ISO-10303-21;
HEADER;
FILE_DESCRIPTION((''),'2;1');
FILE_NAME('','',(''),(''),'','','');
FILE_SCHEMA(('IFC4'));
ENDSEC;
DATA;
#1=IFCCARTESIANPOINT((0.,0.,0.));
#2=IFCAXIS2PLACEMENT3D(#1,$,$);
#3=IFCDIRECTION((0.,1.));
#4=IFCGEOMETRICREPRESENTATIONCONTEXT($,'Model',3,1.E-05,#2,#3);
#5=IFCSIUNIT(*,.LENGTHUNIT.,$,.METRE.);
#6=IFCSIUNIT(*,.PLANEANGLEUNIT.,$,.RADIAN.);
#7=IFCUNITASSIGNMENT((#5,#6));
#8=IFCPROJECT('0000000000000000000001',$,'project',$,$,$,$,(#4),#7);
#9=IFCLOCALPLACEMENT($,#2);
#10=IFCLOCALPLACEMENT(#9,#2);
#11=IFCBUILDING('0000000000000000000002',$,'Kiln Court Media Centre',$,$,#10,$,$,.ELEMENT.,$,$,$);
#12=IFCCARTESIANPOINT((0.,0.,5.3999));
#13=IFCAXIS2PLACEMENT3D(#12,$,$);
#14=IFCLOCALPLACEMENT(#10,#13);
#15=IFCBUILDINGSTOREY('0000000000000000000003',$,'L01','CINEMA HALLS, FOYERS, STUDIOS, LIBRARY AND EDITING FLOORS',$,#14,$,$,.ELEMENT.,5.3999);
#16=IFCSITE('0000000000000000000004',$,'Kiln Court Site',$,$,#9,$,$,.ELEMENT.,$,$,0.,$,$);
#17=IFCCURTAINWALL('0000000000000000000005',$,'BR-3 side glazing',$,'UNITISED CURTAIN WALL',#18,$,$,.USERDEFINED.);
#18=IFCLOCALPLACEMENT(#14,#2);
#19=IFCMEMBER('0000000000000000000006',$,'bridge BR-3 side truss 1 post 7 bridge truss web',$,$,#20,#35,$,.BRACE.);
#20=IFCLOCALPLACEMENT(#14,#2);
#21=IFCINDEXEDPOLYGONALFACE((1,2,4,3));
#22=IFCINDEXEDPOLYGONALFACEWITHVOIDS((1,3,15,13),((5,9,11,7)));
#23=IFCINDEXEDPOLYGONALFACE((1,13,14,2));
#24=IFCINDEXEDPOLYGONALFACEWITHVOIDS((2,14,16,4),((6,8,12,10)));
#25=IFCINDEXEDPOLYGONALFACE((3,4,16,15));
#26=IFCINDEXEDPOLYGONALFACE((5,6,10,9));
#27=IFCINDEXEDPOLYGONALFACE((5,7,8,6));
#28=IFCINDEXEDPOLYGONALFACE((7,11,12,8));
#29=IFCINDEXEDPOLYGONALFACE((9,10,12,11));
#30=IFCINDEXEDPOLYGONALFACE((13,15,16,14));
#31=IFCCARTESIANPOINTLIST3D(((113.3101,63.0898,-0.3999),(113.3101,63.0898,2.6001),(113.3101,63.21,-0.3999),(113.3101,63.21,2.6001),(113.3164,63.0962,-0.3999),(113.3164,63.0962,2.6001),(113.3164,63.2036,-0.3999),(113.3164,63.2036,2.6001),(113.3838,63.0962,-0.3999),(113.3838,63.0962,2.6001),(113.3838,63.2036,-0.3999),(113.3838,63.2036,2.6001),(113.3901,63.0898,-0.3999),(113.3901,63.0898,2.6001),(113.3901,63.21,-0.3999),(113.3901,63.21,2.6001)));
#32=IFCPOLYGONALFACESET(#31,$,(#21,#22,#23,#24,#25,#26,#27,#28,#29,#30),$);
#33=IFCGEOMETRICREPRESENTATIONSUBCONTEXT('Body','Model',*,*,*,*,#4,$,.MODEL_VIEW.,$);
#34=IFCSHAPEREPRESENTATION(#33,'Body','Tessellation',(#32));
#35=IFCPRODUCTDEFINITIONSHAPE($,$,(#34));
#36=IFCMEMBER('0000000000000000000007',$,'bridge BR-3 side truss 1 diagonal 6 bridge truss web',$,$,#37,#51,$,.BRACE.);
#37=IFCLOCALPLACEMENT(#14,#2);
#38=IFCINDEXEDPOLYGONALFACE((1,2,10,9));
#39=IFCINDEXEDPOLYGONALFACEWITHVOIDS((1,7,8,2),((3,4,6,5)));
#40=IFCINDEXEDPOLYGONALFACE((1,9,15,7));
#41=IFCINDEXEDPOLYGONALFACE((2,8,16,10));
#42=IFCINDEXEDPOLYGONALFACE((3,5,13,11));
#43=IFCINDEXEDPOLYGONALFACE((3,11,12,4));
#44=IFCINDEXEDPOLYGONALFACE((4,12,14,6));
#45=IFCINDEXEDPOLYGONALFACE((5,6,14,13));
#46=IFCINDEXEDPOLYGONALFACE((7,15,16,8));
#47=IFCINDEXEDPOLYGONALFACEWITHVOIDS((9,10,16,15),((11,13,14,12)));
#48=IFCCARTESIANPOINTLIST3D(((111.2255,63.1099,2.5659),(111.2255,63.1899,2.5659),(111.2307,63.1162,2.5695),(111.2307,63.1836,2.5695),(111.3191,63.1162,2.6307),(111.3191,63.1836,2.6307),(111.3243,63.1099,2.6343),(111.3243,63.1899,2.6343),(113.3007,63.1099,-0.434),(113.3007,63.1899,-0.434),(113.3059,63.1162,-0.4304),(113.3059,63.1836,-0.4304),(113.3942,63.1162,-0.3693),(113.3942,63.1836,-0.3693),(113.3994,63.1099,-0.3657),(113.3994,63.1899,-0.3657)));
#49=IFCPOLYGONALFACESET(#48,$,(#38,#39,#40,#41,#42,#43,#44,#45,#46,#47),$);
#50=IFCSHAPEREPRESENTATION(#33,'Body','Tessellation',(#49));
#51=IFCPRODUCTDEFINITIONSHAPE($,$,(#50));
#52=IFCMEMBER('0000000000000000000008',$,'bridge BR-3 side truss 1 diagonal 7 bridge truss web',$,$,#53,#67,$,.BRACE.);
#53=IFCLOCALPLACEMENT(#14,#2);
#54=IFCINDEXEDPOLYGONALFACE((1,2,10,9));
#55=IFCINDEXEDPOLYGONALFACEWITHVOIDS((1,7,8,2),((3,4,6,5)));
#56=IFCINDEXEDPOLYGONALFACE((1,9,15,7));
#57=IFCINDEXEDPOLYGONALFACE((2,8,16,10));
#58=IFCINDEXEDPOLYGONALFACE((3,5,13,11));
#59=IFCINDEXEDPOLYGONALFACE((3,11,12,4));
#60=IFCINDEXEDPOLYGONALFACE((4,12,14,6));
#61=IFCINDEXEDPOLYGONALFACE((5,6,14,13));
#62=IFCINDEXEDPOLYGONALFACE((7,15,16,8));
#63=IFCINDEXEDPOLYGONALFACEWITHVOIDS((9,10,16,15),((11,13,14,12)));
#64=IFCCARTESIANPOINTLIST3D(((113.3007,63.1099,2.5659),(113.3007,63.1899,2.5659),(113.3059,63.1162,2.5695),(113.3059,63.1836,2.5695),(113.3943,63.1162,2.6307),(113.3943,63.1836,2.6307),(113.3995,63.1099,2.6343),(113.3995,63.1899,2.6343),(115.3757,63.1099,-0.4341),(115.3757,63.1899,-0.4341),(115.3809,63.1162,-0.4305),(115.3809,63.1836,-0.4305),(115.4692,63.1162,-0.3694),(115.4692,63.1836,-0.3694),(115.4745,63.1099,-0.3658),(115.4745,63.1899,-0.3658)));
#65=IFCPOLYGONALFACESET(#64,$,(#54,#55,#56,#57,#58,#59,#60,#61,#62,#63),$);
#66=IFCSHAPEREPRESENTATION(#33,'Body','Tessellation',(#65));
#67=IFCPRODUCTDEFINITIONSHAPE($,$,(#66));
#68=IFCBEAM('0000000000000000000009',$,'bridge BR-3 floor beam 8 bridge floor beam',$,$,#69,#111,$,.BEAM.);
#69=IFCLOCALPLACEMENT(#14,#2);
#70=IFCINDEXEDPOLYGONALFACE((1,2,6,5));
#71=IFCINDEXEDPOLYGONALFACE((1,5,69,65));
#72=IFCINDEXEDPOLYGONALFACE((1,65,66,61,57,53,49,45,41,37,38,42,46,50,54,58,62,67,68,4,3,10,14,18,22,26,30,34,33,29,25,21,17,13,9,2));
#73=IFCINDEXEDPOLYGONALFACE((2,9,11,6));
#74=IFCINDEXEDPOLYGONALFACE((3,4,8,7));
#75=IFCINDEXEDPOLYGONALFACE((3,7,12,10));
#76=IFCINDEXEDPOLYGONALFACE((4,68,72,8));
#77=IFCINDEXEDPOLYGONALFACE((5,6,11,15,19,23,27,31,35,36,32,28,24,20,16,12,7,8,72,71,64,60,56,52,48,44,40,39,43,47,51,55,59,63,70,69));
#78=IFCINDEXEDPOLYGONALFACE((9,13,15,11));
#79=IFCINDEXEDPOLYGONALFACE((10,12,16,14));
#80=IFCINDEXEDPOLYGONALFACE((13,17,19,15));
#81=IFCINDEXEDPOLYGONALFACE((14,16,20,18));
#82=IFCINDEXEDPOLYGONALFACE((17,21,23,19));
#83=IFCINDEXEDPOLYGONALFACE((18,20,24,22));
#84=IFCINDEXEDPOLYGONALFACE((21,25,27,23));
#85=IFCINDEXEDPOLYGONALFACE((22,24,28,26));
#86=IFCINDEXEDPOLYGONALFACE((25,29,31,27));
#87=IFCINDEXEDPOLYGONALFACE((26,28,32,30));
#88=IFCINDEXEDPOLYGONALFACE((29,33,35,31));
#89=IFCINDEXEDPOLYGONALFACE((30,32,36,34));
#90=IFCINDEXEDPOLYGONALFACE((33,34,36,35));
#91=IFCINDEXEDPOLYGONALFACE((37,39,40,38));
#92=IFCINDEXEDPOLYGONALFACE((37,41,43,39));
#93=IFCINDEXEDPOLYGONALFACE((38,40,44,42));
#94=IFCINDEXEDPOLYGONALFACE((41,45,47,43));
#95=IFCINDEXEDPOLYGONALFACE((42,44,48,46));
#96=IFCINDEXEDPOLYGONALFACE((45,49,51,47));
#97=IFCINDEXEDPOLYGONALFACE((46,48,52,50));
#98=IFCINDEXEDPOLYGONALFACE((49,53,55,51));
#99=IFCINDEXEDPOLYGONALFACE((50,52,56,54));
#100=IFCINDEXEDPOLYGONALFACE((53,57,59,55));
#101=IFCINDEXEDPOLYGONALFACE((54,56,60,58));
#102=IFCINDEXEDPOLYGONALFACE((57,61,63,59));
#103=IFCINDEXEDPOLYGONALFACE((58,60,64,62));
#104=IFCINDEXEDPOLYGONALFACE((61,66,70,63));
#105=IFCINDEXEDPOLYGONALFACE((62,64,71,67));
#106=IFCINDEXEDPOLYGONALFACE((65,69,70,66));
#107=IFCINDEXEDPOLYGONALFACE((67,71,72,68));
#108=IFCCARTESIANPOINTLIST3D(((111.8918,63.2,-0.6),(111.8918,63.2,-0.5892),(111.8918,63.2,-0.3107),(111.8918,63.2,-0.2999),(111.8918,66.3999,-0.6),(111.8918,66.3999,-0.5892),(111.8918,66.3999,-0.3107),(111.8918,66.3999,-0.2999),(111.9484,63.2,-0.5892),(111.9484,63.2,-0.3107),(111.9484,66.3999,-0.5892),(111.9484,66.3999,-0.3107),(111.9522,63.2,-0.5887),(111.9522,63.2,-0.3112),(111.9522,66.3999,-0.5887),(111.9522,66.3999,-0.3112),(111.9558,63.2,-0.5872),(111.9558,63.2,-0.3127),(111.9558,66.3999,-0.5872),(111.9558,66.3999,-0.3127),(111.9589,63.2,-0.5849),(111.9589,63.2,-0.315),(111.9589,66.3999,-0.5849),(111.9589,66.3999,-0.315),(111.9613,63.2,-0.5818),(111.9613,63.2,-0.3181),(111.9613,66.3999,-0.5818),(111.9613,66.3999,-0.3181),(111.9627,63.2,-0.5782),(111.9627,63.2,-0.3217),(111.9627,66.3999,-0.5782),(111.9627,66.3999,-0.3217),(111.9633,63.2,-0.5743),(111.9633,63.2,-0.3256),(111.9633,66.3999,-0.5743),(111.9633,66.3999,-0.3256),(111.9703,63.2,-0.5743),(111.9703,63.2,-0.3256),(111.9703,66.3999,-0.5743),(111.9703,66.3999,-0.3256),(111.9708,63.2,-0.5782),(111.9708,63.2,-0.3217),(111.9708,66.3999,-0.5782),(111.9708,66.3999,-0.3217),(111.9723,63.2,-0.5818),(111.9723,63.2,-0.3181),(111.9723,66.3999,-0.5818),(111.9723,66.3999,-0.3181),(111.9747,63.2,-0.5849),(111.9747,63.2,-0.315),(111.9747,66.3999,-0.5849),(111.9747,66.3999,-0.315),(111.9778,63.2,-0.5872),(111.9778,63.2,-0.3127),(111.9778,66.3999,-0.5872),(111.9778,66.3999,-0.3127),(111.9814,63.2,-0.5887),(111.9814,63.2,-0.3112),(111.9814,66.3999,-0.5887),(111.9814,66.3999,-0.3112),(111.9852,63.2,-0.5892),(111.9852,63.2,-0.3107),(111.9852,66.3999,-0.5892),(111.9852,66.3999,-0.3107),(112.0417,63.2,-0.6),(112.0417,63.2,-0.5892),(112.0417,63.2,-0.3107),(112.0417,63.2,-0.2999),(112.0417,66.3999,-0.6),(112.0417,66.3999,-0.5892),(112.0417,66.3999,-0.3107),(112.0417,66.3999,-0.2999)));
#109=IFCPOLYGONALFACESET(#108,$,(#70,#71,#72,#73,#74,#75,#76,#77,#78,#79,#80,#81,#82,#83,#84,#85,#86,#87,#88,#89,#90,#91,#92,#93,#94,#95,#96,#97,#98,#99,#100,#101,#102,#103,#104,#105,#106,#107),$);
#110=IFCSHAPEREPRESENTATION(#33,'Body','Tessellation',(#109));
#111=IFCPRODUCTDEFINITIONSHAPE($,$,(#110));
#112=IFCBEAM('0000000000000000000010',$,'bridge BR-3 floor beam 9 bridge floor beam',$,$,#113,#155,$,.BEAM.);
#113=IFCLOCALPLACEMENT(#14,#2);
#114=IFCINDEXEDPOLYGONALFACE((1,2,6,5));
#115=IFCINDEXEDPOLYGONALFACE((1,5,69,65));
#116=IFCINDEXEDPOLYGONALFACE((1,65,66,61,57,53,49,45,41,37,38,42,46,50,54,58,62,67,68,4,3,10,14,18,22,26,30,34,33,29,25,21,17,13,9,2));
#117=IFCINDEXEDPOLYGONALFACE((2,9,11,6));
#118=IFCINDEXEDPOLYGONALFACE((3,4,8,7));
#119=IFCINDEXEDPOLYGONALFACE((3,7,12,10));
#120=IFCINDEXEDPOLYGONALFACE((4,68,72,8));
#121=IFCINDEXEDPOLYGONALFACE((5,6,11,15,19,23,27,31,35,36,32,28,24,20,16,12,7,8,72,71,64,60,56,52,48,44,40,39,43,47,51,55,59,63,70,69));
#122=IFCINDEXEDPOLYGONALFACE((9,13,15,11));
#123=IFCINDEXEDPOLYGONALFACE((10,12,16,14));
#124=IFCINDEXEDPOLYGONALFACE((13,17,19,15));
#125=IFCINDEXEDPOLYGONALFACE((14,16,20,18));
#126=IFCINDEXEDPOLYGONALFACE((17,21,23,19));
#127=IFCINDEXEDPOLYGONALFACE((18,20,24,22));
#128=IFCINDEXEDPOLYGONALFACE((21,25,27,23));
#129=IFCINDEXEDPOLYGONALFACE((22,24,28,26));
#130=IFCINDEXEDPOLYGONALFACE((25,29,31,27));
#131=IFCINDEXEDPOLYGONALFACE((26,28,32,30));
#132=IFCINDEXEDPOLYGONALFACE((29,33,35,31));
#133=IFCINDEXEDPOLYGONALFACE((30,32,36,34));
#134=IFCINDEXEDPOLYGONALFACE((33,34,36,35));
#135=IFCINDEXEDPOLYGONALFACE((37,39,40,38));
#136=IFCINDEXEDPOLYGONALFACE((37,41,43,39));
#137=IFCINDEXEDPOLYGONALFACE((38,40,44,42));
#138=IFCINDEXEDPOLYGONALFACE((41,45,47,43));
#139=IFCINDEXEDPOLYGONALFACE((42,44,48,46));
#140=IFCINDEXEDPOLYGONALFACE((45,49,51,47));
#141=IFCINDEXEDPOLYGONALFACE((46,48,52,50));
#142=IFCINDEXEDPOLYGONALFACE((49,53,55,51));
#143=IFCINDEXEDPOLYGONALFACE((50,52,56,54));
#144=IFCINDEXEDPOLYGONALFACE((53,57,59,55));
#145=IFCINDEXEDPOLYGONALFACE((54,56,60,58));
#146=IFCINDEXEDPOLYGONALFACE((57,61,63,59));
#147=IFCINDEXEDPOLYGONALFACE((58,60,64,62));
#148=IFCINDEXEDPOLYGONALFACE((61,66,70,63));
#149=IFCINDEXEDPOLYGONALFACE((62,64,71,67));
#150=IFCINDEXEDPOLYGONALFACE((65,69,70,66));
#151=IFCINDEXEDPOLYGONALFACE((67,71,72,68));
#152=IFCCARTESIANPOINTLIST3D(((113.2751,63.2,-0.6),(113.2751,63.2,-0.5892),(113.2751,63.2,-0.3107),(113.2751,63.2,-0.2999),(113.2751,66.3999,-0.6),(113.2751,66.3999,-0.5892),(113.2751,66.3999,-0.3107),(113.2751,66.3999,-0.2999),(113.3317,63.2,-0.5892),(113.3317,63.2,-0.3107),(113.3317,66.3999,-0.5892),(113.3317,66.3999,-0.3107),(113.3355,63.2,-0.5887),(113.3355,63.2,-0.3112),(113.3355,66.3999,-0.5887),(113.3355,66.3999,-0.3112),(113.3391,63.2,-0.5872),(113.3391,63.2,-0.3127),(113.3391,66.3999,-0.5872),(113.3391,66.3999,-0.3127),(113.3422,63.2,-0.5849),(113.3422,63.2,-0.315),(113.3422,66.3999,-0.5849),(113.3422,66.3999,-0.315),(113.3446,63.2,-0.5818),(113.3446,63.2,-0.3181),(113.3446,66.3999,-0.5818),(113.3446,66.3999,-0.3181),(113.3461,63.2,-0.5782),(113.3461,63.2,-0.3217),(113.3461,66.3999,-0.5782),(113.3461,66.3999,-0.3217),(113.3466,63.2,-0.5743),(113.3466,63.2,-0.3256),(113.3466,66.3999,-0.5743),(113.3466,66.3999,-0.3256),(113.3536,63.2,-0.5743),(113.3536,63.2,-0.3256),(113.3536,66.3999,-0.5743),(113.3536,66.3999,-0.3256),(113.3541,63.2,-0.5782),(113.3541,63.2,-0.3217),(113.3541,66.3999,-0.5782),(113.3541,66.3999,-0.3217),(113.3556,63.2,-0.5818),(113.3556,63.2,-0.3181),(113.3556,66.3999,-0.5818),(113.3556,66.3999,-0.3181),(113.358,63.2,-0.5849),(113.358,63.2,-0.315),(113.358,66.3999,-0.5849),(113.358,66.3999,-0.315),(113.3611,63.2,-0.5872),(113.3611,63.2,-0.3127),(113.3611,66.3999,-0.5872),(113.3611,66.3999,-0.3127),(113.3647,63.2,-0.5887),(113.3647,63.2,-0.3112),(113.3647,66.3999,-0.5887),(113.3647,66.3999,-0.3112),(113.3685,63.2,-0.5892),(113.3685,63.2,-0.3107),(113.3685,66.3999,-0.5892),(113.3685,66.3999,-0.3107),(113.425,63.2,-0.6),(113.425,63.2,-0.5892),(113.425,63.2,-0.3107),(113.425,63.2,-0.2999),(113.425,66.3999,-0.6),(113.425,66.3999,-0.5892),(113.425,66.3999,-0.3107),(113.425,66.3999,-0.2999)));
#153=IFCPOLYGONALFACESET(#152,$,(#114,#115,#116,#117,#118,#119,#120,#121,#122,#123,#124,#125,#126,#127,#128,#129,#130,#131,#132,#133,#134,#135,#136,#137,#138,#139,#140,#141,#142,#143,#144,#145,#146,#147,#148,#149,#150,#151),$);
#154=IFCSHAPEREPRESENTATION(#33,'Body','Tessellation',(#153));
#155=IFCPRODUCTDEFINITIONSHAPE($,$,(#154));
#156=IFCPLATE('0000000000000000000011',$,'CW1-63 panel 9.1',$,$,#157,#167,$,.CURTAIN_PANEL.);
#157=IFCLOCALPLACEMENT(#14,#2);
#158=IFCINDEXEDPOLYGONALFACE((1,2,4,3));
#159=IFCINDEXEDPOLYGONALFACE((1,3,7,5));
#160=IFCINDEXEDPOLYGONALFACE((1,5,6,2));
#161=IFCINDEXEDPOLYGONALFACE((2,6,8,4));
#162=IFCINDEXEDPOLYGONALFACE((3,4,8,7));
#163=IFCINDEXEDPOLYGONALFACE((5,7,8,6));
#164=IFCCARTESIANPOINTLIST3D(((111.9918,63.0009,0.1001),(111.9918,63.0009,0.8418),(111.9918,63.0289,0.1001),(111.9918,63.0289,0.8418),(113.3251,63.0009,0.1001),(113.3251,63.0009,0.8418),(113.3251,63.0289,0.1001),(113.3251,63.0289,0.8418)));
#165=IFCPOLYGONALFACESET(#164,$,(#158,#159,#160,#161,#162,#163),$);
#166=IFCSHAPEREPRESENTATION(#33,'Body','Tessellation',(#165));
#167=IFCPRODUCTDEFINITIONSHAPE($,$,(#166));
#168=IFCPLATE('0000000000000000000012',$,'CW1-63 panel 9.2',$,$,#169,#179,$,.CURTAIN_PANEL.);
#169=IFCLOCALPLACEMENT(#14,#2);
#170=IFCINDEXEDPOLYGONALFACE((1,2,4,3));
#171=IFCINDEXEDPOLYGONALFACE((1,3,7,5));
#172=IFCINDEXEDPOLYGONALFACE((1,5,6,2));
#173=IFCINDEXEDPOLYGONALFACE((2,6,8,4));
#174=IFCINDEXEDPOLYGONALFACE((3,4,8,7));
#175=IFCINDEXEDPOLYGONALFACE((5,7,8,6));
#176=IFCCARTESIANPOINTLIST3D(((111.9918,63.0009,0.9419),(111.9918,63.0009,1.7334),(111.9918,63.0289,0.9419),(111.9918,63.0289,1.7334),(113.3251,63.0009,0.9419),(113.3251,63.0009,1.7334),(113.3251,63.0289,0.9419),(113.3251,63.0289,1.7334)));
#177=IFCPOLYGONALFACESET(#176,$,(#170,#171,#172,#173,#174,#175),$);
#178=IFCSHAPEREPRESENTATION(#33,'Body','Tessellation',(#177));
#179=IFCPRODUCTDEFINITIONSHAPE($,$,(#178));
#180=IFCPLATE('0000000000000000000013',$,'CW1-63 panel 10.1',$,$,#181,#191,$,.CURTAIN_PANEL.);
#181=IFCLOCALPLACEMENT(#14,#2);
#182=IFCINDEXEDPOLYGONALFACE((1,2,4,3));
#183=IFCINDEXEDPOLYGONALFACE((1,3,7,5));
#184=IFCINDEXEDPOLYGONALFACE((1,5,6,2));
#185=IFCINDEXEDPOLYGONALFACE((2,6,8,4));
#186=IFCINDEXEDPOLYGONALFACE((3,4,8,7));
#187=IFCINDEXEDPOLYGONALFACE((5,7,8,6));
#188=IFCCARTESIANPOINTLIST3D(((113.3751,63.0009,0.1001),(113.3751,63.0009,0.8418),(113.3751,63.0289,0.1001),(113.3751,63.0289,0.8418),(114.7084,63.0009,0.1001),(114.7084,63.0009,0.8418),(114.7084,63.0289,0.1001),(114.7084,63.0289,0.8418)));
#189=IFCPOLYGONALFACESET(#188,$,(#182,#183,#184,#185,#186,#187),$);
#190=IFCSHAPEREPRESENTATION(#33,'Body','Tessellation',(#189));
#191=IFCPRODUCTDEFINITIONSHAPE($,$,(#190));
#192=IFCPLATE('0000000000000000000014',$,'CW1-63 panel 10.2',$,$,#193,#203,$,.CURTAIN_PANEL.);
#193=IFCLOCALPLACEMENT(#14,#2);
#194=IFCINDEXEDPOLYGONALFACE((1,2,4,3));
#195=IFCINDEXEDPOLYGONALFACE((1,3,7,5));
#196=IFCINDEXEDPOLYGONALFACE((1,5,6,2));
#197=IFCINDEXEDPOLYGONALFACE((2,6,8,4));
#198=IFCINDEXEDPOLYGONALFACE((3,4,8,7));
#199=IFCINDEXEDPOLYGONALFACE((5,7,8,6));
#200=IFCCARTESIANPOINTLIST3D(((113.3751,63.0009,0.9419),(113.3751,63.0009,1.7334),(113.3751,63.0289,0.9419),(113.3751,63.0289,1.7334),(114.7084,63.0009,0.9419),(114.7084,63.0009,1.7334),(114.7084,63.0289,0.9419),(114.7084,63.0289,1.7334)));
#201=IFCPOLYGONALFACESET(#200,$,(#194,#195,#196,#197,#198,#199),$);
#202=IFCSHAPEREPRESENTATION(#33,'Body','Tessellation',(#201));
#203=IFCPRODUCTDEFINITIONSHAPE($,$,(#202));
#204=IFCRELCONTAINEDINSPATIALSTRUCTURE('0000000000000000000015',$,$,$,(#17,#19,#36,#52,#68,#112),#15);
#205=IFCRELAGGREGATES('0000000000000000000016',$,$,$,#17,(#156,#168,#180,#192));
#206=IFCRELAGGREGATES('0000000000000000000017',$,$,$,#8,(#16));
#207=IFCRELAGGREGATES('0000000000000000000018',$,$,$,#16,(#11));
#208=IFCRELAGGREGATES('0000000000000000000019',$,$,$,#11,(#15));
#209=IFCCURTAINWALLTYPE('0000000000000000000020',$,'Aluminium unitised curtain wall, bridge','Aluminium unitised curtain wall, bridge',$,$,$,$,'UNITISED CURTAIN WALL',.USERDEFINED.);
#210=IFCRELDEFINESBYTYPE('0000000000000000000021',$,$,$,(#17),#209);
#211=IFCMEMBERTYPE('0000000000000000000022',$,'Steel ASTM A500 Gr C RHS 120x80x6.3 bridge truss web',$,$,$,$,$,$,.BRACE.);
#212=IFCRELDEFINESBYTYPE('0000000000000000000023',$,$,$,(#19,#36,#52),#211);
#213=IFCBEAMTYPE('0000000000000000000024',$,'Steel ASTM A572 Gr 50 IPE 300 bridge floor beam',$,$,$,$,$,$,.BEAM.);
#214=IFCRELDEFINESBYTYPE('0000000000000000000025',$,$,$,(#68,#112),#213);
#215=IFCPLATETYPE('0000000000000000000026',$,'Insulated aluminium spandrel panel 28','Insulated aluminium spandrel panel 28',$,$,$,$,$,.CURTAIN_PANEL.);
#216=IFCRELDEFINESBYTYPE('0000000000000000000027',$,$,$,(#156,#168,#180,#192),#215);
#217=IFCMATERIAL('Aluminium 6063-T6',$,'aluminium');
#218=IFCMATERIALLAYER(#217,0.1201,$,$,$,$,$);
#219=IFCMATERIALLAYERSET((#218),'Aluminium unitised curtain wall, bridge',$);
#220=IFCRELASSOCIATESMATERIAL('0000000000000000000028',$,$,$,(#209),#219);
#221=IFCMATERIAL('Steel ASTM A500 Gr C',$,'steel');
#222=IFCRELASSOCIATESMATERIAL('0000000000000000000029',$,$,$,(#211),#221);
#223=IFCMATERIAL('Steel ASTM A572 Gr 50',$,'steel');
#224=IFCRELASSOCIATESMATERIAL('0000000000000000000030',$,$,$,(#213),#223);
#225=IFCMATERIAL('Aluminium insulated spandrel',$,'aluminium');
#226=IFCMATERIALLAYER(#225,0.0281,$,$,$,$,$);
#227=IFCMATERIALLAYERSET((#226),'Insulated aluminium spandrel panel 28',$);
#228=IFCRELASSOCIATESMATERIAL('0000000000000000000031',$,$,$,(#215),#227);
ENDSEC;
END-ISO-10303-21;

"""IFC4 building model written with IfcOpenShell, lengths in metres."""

from ifc_helpers import new_model, si_unit, direction, frame, origin, origin_2d, place, context, subcontext, project, spatial, rectangle, hollow_rectangle, i_section, extrude, material, layer, layer_set, material_profile, profile_set, type_object, element, aggregate, save


model = new_model("IFC4")

# Units and contexts
model_context = context("Model", 3, precision=1e-05, world=origin(), true_north=direction((0.0, 1.0)))
body_context = subcontext(model_context, "Body", "Model", "MODEL_VIEW")
ifc_project = project(units=[si_unit("LENGTHUNIT", "METRE"), si_unit("PLANEANGLEUNIT", "RADIAN")], contexts=[model_context])

# Site, building, storey
site_placement = place(None, origin())
site = spatial("IfcSite", under=ifc_project, at=site_placement, Name="Kiln Court Site", CompositionType="ELEMENT", RefElevation=0.0)
building_placement = place(site_placement, origin())
building = spatial("IfcBuilding", under=site, at=building_placement, Name="Kiln Court Media Centre", CompositionType="ELEMENT")
storey_placement = place(building_placement, frame((0.0, 0.0, 5.3999)))
storey = spatial("IfcBuildingStorey", under=building, at=storey_placement, Name="L01", Description="CINEMA HALLS, FOYERS, STUDIOS, LIBRARY AND EDITING FLOORS", CompositionType="ELEMENT", Elevation=5.3999)

# Curtain wall
ifc_material_1 = material(Name="Aluminium 6063-T6", Category="aluminium")
ifc_layer_1 = layer(ifc_material_1, 0.1201)
ifc_layer_set_1 = layer_set([ifc_layer_1], Name="Aluminium unitised curtain wall, bridge")
curtain_wall_type = type_object("IfcCurtainWallType", Name="Aluminium unitised curtain wall, bridge", Description="Aluminium unitised curtain wall, bridge", ElementType="UNITISED CURTAIN WALL", PredefinedType="USERDEFINED", material=ifc_layer_set_1)
curtain_wall_placement = place(storey_placement, origin())
curtain_wall = element("IfcCurtainWall", 1, at=curtain_wall_placement, inside=storey, type_object=curtain_wall_type, Name="BR-3 side glazing", ObjectType="UNITISED CURTAIN WALL", PredefinedType="USERDEFINED")

# Members
ifc_material_2 = material(Name="Steel ASTM A500 Gr C", Category="steel")
ifc_material_profile_1 = material_profile(ifc_material_2, hollow_rectangle(XDim=0.0801, YDim=0.1201, WallThickness=0.0063, at=origin_2d()), Name="RHS 120x80x6.3")
ifc_profile_set_1 = profile_set([ifc_material_profile_1], Name="Steel ASTM A500 Gr C")
member_type_1 = type_object("IfcMemberType", Name="Steel ASTM A500 Gr C RHS 120x80x6.3 bridge truss web", PredefinedType="BRACE", material=ifc_profile_set_1)
member_1_placement = place(storey_placement, frame((113.3501, 63.1499, -0.3999), z_axis=(0.0, 0.0, 1.0), x_axis=(1.0, 0.0, 0.0)))
element("IfcMember", 2, at=member_1_placement, inside=storey, type_object=member_type_1, Name="bridge BR-3 side truss 1 post 7 bridge truss web", PredefinedType="BRACE", context=body_context, shape_type="SweptSolid", body=[
    extrude(hollow_rectangle(XDim=0.0801, YDim=0.1201, WallThickness=0.0063, at=origin_2d()), origin(), (0.0, 0.0, 1.0), 3.0),
])
for number, where, z_axis, x_axis, name in (
    (3, (111.2749, 63.1499, 2.6001), (0.56889, 0.0, -0.822414), (0.0, 1.0, 0.0), "bridge BR-3 side truss 1 diagonal 6 bridge truss web"),
    (4, (113.3501, 63.1499, 2.6001), (0.568844, 0.0, -0.822445), (0.0, 1.0, 0.0), "bridge BR-3 side truss 1 diagonal 7 bridge truss web"),
):
    element("IfcMember", number, at=place(storey_placement, frame(where, z_axis=z_axis, x_axis=x_axis)), inside=storey, type_object=member_type_1, Name=name, PredefinedType="BRACE", context=body_context, shape_type="SweptSolid", body=[
        extrude(hollow_rectangle(XDim=0.0801, YDim=0.1201, WallThickness=0.0063, at=origin_2d()), origin(), (0.0, 0.0, 1.0), 3.6477),
    ])

# Beams
ifc_material_3 = material(Name="Steel ASTM A572 Gr 50", Category="steel")
ifc_material_profile_2 = material_profile(ifc_material_3, i_section(OverallWidth=0.1499, OverallDepth=0.3, WebThickness=0.0071, FlangeThickness=0.0107, FilletRadius=0.0149, at=origin_2d()), Name="IPE 300")
ifc_profile_set_2 = profile_set([ifc_material_profile_2], Name="Steel ASTM A572 Gr 50")
beam_type = type_object("IfcBeamType", Name="Steel ASTM A572 Gr 50 IPE 300 bridge floor beam", PredefinedType="BEAM", material=ifc_profile_set_2)
for number, where, z_axis, x_axis, name in (
    (5, (111.9668, 63.2, -0.45), (0.0, 1.0, 0.0), (-1.0, 0.0, 0.0), "bridge BR-3 floor beam 8 bridge floor beam"),
    (6, (113.3501, 63.2, -0.45), (0.0, 1.0, 0.0), (-1.0, 0.0, 0.0), "bridge BR-3 floor beam 9 bridge floor beam"),
):
    element("IfcBeam", number, at=place(storey_placement, frame(where, z_axis=z_axis, x_axis=x_axis)), inside=storey, type_object=beam_type, Name=name, PredefinedType="BEAM", context=body_context, shape_type="SweptSolid", body=[
        extrude(i_section(OverallWidth=0.1499, OverallDepth=0.3, WebThickness=0.0071, FlangeThickness=0.0107, FilletRadius=0.0149, at=origin_2d()), origin(), (0.0, 0.0, 1.0), 3.2),
    ])

# Plates
ifc_material_4 = material(Name="Aluminium insulated spandrel", Category="aluminium")
ifc_layer_2 = layer(ifc_material_4, 0.0281)
ifc_layer_set_2 = layer_set([ifc_layer_2], Name="Insulated aluminium spandrel panel 28")
plate_type_1 = type_object("IfcPlateType", Name="Insulated aluminium spandrel panel 28", Description="Insulated aluminium spandrel panel 28", PredefinedType="CURTAIN_PANEL", material=ifc_layer_set_2)
plate_1_placement = place(storey_placement, frame((112.6584, 63.0149, 0.1001), z_axis=(0.0, 0.0, 1.0), x_axis=(1.0, 0.0, 0.0)))
plate_1 = element("IfcPlate", 7, at=plate_1_placement, type_object=plate_type_1, Name="CW1-63 panel 9.1", PredefinedType="CURTAIN_PANEL", context=body_context, shape_type="SweptSolid", body=[
    extrude(rectangle(XDim=1.3333, YDim=0.0281, at=origin_2d()), origin(), (0.0, 0.0, 1.0), 0.7417),
])
plate_2_placement = place(storey_placement, frame((112.6584, 63.0149, 0.9419), z_axis=(0.0, 0.0, 1.0), x_axis=(1.0, 0.0, 0.0)))
plate_2 = element("IfcPlate", 8, at=plate_2_placement, type_object=plate_type_1, Name="CW1-63 panel 9.2", PredefinedType="CURTAIN_PANEL", context=body_context, shape_type="SweptSolid", body=[
    extrude(rectangle(XDim=1.3333, YDim=0.0281, at=origin_2d()), origin(), (0.0, 0.0, 1.0), 0.7915),
])
plate_3_placement = place(storey_placement, frame((114.0417, 63.0149, 0.1001), z_axis=(0.0, 0.0, 1.0), x_axis=(1.0, 0.0, 0.0)))
plate_3 = element("IfcPlate", 9, at=plate_3_placement, type_object=plate_type_1, Name="CW1-63 panel 10.1", PredefinedType="CURTAIN_PANEL", context=body_context, shape_type="SweptSolid", body=[
    extrude(rectangle(XDim=1.3333, YDim=0.0281, at=origin_2d()), origin(), (0.0, 0.0, 1.0), 0.7417),
])
plate_4_placement = place(storey_placement, frame((114.0417, 63.0149, 0.9419), z_axis=(0.0, 0.0, 1.0), x_axis=(1.0, 0.0, 0.0)))
plate_4 = element("IfcPlate", 10, at=plate_4_placement, type_object=plate_type_1, Name="CW1-63 panel 10.2", PredefinedType="CURTAIN_PANEL", context=body_context, shape_type="SweptSolid", body=[
    extrude(rectangle(XDim=1.3333, YDim=0.0281, at=origin_2d()), origin(), (0.0, 0.0, 1.0), 0.7915),
])
aggregate(curtain_wall, [plate_1, plate_2, plate_3, plate_4])

save(model, "model.ifc")
